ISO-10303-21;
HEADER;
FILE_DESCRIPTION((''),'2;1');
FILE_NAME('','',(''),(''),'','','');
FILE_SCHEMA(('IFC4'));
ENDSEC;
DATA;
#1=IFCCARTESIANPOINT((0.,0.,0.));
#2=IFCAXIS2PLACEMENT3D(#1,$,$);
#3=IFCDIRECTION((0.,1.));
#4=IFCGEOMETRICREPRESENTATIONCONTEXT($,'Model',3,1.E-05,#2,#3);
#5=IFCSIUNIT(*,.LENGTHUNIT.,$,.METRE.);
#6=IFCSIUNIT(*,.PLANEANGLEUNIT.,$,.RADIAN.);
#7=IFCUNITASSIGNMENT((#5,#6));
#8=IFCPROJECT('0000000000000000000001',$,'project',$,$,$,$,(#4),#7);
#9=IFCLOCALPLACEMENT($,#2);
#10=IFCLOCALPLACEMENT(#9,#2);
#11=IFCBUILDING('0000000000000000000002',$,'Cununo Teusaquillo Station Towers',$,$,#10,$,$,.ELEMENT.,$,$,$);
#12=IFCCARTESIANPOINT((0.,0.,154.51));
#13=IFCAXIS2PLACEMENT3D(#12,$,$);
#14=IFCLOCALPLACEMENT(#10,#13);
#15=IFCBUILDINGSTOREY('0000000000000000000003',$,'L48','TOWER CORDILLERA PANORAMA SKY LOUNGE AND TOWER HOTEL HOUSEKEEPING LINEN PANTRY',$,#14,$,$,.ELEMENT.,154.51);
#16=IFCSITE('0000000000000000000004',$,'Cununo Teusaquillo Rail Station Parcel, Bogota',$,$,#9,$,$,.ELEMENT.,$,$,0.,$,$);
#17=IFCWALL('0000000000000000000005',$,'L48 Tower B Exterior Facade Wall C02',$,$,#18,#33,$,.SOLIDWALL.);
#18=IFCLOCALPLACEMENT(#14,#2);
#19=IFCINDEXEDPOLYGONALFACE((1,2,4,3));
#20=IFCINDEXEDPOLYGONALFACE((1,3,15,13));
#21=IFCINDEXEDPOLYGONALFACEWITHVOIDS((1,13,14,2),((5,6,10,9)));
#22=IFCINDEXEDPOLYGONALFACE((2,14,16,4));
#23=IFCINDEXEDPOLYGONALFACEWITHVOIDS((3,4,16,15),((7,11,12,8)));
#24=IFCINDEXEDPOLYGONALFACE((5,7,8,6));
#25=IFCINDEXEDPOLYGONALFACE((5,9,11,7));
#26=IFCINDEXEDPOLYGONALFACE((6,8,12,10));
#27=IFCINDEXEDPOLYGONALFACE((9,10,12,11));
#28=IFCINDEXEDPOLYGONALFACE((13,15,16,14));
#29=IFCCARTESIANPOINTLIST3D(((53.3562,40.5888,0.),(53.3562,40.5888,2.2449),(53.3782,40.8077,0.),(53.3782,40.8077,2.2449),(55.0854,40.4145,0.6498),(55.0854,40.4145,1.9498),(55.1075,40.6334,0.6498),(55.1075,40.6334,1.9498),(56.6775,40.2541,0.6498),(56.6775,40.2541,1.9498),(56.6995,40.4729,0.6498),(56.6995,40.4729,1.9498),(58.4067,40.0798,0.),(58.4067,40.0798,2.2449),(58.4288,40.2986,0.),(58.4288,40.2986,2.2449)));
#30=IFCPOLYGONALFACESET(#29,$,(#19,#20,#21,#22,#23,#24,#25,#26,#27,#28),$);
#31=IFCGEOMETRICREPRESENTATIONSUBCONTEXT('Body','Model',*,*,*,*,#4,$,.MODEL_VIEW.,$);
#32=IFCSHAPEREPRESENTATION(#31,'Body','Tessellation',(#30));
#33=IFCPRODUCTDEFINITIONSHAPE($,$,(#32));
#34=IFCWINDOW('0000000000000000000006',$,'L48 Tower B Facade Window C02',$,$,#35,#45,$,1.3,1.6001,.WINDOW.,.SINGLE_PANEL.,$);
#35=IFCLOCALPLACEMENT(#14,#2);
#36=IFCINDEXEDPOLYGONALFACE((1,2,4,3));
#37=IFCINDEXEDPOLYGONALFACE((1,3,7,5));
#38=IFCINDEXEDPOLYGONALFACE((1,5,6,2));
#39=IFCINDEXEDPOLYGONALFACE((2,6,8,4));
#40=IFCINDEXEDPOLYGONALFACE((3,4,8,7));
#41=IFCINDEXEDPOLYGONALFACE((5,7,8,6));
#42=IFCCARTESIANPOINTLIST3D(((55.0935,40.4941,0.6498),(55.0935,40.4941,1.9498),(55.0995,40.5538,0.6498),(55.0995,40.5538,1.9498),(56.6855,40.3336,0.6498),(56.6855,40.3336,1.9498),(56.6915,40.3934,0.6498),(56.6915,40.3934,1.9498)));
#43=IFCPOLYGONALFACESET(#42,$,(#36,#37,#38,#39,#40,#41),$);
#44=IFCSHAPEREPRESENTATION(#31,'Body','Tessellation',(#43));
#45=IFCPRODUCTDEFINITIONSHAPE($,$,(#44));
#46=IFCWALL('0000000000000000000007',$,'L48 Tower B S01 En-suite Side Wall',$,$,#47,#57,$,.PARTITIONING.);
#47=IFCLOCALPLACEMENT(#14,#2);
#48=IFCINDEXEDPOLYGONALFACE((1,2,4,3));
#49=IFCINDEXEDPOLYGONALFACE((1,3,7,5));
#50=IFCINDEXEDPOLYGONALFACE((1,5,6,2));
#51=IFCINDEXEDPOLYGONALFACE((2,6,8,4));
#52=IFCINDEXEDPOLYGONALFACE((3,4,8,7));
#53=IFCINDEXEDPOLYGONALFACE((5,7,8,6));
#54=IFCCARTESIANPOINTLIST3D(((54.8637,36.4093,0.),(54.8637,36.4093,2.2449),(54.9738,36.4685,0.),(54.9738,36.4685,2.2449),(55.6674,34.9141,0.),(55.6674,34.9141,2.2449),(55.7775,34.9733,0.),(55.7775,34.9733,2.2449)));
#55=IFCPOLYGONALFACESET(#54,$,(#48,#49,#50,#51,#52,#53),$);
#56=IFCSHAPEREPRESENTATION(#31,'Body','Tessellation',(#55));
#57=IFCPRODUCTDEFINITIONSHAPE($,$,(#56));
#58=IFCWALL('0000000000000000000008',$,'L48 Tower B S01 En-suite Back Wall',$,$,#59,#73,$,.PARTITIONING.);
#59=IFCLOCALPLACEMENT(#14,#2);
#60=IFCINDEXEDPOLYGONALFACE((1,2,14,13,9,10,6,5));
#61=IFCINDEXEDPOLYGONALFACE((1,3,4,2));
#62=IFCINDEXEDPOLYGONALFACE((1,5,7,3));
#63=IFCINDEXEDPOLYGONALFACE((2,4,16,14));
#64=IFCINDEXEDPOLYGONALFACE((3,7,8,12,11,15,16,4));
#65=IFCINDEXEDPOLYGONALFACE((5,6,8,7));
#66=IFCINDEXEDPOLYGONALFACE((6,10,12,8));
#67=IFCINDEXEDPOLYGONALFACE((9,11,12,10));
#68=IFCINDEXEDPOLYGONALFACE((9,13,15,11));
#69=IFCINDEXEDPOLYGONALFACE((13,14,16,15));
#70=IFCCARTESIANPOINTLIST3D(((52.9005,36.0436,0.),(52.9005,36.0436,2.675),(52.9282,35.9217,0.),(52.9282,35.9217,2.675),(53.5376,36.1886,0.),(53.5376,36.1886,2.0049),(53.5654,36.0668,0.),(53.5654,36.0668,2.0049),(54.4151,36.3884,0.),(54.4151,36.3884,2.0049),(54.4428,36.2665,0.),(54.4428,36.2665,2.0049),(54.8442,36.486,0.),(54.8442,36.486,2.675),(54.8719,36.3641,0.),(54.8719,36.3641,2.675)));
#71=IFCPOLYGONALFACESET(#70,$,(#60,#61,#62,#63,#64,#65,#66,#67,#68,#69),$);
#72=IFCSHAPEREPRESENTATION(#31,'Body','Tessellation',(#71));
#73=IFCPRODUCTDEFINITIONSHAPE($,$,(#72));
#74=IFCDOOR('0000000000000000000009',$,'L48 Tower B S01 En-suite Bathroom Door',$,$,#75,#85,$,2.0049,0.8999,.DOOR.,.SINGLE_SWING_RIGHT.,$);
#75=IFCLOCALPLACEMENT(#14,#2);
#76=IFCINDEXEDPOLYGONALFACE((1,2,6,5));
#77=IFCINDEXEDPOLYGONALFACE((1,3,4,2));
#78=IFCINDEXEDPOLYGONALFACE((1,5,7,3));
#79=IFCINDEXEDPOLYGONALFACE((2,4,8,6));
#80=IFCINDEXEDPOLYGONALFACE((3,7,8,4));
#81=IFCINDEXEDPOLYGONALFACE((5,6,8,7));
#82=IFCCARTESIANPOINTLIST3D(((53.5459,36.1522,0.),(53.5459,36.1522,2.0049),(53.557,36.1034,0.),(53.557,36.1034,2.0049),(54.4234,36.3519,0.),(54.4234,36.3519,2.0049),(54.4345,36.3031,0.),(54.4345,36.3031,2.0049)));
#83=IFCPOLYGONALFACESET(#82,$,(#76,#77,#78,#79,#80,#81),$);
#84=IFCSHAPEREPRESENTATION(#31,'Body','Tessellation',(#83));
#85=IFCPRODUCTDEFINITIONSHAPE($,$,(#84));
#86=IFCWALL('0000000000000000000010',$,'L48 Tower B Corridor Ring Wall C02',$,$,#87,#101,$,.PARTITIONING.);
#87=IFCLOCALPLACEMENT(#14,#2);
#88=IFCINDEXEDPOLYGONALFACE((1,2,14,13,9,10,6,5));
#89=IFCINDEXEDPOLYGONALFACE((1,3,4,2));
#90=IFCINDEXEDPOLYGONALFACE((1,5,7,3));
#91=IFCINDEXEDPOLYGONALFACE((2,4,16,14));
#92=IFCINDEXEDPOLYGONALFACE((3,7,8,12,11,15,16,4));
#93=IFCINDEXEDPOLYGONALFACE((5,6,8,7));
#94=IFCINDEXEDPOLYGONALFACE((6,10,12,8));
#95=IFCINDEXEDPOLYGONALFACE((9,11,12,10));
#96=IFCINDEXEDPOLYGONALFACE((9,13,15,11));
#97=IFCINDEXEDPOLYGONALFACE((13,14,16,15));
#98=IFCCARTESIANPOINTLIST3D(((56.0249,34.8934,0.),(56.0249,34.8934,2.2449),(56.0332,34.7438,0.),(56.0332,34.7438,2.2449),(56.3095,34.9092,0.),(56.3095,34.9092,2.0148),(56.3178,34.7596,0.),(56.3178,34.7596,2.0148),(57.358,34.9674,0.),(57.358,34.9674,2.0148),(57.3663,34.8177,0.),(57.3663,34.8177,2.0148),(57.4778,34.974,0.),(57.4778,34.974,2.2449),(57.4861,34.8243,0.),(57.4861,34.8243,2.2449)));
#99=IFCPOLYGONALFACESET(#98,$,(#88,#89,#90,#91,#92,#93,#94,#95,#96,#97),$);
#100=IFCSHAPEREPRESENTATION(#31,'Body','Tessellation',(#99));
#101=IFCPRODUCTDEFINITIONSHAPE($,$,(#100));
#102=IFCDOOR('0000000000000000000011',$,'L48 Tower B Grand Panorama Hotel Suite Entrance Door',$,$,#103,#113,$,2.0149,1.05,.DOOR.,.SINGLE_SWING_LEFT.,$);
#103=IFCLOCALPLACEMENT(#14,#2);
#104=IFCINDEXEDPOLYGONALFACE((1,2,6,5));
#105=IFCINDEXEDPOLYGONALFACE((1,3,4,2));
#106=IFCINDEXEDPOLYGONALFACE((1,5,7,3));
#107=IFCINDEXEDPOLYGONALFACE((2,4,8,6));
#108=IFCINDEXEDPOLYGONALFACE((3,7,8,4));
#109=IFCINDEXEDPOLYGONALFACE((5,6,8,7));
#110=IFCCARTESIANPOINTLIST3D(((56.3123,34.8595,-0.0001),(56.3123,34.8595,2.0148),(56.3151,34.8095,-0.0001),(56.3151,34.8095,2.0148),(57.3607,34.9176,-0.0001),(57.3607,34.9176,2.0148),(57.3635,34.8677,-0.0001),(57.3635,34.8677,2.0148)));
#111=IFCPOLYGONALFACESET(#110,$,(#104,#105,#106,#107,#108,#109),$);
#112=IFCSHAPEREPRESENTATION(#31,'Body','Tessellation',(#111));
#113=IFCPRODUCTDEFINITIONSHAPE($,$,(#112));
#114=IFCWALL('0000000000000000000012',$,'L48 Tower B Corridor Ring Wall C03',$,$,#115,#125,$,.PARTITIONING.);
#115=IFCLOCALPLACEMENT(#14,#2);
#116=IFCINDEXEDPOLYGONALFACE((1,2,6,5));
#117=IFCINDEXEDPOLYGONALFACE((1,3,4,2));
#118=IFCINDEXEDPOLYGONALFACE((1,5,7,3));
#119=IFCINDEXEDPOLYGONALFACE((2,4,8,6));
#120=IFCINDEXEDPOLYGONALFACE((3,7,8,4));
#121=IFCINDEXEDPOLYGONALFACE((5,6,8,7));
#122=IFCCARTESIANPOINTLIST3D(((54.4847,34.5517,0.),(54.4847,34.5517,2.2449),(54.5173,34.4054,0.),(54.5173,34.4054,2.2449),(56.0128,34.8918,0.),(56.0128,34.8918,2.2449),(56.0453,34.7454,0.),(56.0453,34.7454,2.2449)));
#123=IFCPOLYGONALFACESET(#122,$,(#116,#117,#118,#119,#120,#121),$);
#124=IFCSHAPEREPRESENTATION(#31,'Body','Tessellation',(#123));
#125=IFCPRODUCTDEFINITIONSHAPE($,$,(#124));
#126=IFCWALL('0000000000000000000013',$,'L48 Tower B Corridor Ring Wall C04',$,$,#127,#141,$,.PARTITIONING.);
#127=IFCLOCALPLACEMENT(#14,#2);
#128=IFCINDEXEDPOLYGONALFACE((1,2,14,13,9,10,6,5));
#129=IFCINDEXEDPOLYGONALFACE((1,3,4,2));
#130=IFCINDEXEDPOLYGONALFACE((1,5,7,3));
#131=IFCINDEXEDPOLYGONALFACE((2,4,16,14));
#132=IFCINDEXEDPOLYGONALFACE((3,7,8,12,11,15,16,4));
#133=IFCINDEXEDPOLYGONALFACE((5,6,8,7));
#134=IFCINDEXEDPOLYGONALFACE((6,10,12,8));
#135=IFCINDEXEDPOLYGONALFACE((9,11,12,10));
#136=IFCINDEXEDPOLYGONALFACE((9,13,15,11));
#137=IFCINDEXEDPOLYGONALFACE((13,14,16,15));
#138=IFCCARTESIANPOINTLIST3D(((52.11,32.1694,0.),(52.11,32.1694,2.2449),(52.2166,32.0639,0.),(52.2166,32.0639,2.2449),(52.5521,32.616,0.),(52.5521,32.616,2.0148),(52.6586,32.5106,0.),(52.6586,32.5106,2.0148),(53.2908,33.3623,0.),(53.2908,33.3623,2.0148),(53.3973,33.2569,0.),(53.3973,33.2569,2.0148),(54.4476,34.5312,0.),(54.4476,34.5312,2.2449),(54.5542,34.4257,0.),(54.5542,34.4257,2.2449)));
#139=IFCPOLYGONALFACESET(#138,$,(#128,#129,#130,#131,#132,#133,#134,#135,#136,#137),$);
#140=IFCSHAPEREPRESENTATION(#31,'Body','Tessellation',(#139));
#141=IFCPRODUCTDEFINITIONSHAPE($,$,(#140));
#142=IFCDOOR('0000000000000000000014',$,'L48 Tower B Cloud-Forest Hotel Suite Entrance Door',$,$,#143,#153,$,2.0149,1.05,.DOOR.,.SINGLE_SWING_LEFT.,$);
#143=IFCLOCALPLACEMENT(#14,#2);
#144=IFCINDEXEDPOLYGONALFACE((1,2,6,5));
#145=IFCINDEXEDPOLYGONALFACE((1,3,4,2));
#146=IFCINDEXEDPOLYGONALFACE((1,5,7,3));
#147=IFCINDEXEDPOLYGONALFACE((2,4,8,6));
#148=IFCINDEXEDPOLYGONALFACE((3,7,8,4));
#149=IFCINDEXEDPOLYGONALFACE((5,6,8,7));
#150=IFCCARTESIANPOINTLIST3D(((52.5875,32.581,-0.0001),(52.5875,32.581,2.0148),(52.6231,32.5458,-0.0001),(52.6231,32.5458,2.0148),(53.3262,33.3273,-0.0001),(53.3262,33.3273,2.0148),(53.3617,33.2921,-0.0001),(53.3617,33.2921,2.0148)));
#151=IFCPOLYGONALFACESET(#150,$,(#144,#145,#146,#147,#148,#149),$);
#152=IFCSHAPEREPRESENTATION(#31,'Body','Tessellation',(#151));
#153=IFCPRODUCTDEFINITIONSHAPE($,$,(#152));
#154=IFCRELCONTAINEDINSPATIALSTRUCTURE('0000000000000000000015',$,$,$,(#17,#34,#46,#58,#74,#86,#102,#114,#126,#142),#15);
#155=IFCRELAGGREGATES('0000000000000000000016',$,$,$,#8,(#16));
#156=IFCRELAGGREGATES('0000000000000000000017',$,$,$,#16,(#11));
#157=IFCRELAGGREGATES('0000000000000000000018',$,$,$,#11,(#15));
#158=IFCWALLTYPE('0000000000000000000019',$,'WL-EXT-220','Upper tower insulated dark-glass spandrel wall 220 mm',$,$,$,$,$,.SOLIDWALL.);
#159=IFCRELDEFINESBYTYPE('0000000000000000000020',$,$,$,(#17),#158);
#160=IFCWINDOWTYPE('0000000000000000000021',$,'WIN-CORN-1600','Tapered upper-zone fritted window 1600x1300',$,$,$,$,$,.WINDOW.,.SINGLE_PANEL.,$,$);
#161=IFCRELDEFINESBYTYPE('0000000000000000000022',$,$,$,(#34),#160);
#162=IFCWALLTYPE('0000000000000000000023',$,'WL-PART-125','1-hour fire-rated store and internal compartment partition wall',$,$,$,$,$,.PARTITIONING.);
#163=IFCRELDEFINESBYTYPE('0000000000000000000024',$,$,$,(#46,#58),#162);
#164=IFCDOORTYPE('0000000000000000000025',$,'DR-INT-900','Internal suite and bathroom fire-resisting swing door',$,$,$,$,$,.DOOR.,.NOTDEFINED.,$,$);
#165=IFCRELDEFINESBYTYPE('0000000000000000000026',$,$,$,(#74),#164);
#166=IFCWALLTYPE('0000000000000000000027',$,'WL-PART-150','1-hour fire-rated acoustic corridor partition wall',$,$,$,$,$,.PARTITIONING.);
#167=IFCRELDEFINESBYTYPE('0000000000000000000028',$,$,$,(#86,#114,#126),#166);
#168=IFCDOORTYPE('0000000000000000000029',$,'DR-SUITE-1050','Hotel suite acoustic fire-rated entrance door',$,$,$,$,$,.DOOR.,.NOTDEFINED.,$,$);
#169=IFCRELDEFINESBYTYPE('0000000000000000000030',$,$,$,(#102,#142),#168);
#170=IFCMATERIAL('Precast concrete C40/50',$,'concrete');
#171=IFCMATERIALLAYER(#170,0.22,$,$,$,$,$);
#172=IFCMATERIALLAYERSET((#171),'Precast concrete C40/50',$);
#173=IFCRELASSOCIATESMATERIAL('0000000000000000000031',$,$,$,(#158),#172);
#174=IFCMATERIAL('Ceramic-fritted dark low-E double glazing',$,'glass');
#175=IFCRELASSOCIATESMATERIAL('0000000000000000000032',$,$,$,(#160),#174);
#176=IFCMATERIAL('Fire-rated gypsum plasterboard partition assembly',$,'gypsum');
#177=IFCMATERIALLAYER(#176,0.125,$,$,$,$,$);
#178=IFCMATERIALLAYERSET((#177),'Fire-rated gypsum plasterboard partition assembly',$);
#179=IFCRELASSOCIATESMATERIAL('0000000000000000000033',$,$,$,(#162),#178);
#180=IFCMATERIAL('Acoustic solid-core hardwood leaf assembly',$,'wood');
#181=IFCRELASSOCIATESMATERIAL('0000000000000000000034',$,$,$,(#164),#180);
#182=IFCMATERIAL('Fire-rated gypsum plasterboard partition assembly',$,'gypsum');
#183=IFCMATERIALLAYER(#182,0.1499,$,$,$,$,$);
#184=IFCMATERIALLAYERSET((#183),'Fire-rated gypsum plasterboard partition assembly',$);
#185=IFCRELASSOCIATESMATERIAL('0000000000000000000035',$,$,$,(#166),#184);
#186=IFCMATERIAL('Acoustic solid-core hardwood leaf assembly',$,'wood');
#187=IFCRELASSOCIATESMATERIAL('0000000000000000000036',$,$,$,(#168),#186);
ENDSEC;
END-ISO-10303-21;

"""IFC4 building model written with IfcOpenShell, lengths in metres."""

from ifc_helpers import new_model, si_unit, direction, frame, frame_2d, origin, place, context, subcontext, project, spatial, rectangle, extrude, source, transform, mapped, material, layer, layer_set, type_object, element, fill, save


model = new_model("IFC4")

# Units and contexts
model_context = context("Model", 3, precision=1e-05, world=origin(), true_north=direction((0.0, 1.0)))
body_context = subcontext(model_context, "Body", "Model", "MODEL_VIEW")
ifc_project = project(units=[si_unit("LENGTHUNIT", "METRE"), si_unit("PLANEANGLEUNIT", "RADIAN")], contexts=[model_context])

# Site, building, storey
site_placement = place(None, origin())
site = spatial("IfcSite", under=ifc_project, at=site_placement, Name="Cununo Teusaquillo Rail Station Parcel, Bogota", CompositionType="ELEMENT", RefElevation=0.0)
building_placement = place(site_placement, origin())
building = spatial("IfcBuilding", under=site, at=building_placement, Name="Cununo Teusaquillo Station Towers", CompositionType="ELEMENT")
storey_placement = place(building_placement, frame((0.0, 0.0, 154.51)))
storey = spatial("IfcBuildingStorey", under=building, at=storey_placement, Name="L48", Description="TOWER CORDILLERA PANORAMA SKY LOUNGE AND TOWER HOTEL HOUSEKEEPING LINEN PANTRY", CompositionType="ELEMENT", Elevation=154.51)

# Wall, opening, window
ifc_material_1 = material(Name="Precast concrete C40/50", Category="concrete")
ifc_layer_1 = layer(ifc_material_1, 0.22)
ifc_layer_set_1 = layer_set([ifc_layer_1], Name="Precast concrete C40/50")
wall_type_1 = type_object("IfcWallType", Name="WL-EXT-220", Description="Upper tower insulated dark-glass spandrel wall 220 mm", PredefinedType="SOLIDWALL", material=ifc_layer_set_1)
wall_1_placement = place(storey_placement, frame((53.3672, 40.6982, 0.0), z_axis=(0.0, 0.0, 1.0), x_axis=(0.994959, -0.10028, 0.0)))
wall_1 = element("IfcWall", 1, at=wall_1_placement, inside=storey, type_object=wall_type_1, Name="L48 Tower B Exterior Facade Wall C02", PredefinedType="SOLIDWALL", context=body_context, shape_type="SweptSolid", body=[
    extrude(rectangle(XDim=5.0762, YDim=0.22, at=frame_2d((2.5381, 0.0))), origin(), (0.0, 0.0, 1.0), 2.2449),
])
shared_shape_1 = source(origin(), body_context, "Body", "SweptSolid", [
    extrude(rectangle(XDim=1.6001, YDim=1.3, at=frame_2d((0.8, 0.6499))), frame((0.0, 0.1199, 0.0), z_axis=(0.0, -1.0, 0.0), x_axis=(1.0, 0.0, 0.0)), (0.0, 0.0, 1.0), 0.24),
])
opening_1_placement = place(wall_1_placement, frame((1.738, 0.0, 0.6499)))
opening_1 = element("IfcOpeningElement", 2, at=opening_1_placement, cuts=wall_1, PredefinedType="OPENING", context=body_context, shape_type="MappedRepresentation", body=[
    mapped(shared_shape_1, transform((0.0, 0.0, 0.0), x_axis=(1.0, 0.0, 0.0), y_axis=(0.0, 1.0, 0.0), z_axis=(0.0, 0.0, 1.0), scale=1.0)),
])
ifc_material_2 = material(Name="Ceramic-fritted dark low-E double glazing", Category="glass")
window_type = type_object("IfcWindowType", Name="WIN-CORN-1600", Description="Tapered upper-zone fritted window 1600x1300", PartitioningType="SINGLE_PANEL", PredefinedType="WINDOW", material=ifc_material_2)
shared_shape_2 = source(origin(), body_context, "Body", "SweptSolid", [
    extrude(rectangle(XDim=1.6001, YDim=1.3, at=frame_2d((0.8, 0.6499))), frame((0.0, 0.03, 0.0), z_axis=(0.0, -1.0, 0.0), x_axis=(1.0, 0.0, 0.0)), (0.0, 0.0, 1.0), 0.0601),
])
window_placement = place(opening_1_placement, origin())
window = element("IfcWindow", 3, at=window_placement, inside=storey, type_object=window_type, Name="L48 Tower B Facade Window C02", OverallHeight=1.3, OverallWidth=1.6001, PartitioningType="SINGLE_PANEL", PredefinedType="WINDOW", context=body_context, shape_type="MappedRepresentation", body=[
    mapped(shared_shape_2, transform((0.0, 0.0, 0.0), x_axis=(1.0, 0.0, 0.0), y_axis=(0.0, 1.0, 0.0), z_axis=(0.0, 0.0, 1.0), scale=1.0)),
])
fill(opening_1, window)

# Wall
ifc_material_3 = material(Name="Fire-rated gypsum plasterboard partition assembly", Category="gypsum")
ifc_layer_2 = layer(ifc_material_3, 0.125)
ifc_layer_set_2 = layer_set([ifc_layer_2], Name="Fire-rated gypsum plasterboard partition assembly")
wall_type_2 = type_object("IfcWallType", Name="WL-PART-125", Description="1-hour fire-rated store and internal compartment partition wall", PredefinedType="PARTITIONING", material=ifc_layer_set_2)
wall_2_placement = place(storey_placement, frame((55.7224, 34.9438, 0.0), z_axis=(0.0, 0.0, 1.0), x_axis=(-0.473482, 0.880803, 0.0)))
element("IfcWall", 4, at=wall_2_placement, inside=storey, type_object=wall_type_2, Name="L48 Tower B S01 En-suite Side Wall", PredefinedType="PARTITIONING", context=body_context, shape_type="SweptSolid", body=[
    extrude(rectangle(XDim=1.6975, YDim=0.125, at=frame_2d((0.8486, 0.0))), origin(), (0.0, 0.0, 1.0), 2.2449),
])

# Walls, openings, doors
wall_3_placement = place(storey_placement, frame((54.8579, 36.425, 0.0), z_axis=(0.0, 0.0, 1.0), x_axis=(-0.975062, -0.221933, 0.0)))
wall_3 = element("IfcWall", 5, at=wall_3_placement, inside=storey, type_object=wall_type_2, Name="L48 Tower B S01 En-suite Back Wall", PredefinedType="PARTITIONING", context=body_context, shape_type="SweptSolid", body=[
    extrude(rectangle(XDim=1.9934, YDim=0.125, at=frame_2d((0.9966, 0.0))), origin(), (0.0, 0.0, 1.0), 2.675),
])
shared_shape_3 = source(origin(), body_context, "Body", "SweptSolid", [
    extrude(rectangle(XDim=0.8999, YDim=2.0049, at=frame_2d((0.45, 1.0024))), frame((0.0, 0.0725, 0.0), z_axis=(0.0, -1.0, 0.0), x_axis=(1.0, 0.0, 0.0)), (0.0, 0.0, 1.0), 0.145),
])
opening_2_placement = place(wall_3_placement, frame((0.4399, 0.0, 0.0)))
opening_2 = element("IfcOpeningElement", 6, at=opening_2_placement, cuts=wall_3, PredefinedType="OPENING", context=body_context, shape_type="MappedRepresentation", body=[
    mapped(shared_shape_3, transform((0.0, 0.0, 0.0), x_axis=(1.0, 0.0, 0.0), y_axis=(0.0, 1.0, 0.0), z_axis=(0.0, 0.0, 1.0), scale=1.0)),
])
ifc_material_4 = material(Name="Acoustic solid-core hardwood leaf assembly", Category="wood")
door_type_1 = type_object("IfcDoorType", Name="DR-INT-900", Description="Internal suite and bathroom fire-resisting swing door", OperationType="NOTDEFINED", PredefinedType="DOOR", material=ifc_material_4)
shared_shape_4 = source(origin(), body_context, "Body", "SweptSolid", [
    extrude(rectangle(XDim=0.8999, YDim=2.0049, at=frame_2d((0.45, 1.0024))), frame((0.0, 0.0249, 0.0), z_axis=(0.0, -1.0, 0.0), x_axis=(1.0, 0.0, 0.0)), (0.0, 0.0, 1.0), 0.05),
])
door_1_placement = place(opening_2_placement, origin())
door_1 = element("IfcDoor", 7, at=door_1_placement, inside=storey, type_object=door_type_1, Name="L48 Tower B S01 En-suite Bathroom Door", OperationType="SINGLE_SWING_RIGHT", OverallHeight=2.0049, OverallWidth=0.8999, PredefinedType="DOOR", context=body_context, shape_type="MappedRepresentation", body=[
    mapped(shared_shape_4, transform((0.0, 0.0, 0.0), x_axis=(1.0, 0.0, 0.0), y_axis=(0.0, 1.0, 0.0), z_axis=(0.0, 0.0, 1.0), scale=1.0)),
])
fill(opening_2, door_1)
ifc_material_5 = material(Name="Fire-rated gypsum plasterboard partition assembly", Category="gypsum")
ifc_layer_3 = layer(ifc_material_5, 0.1499)
ifc_layer_set_3 = layer_set([ifc_layer_3], Name="Fire-rated gypsum plasterboard partition assembly")
wall_type_3 = type_object("IfcWallType", Name="WL-PART-150", Description="1-hour fire-rated acoustic corridor partition wall", PredefinedType="PARTITIONING", material=ifc_layer_set_3)
wall_4_placement = place(storey_placement, frame((57.4819, 34.8992, 0.0), z_axis=(0.0, 0.0, 1.0), x_axis=(-0.998466, -0.055368, 0.0)))
wall_4 = element("IfcWall", 8, at=wall_4_placement, inside=storey, type_object=wall_type_3, Name="L48 Tower B Corridor Ring Wall C02", PredefinedType="PARTITIONING", context=body_context, shape_type="SweptSolid", body=[
    extrude(rectangle(XDim=1.4551, YDim=0.1499, at=frame_2d((0.7275, 0.0))), origin(), (0.0, 0.0, 1.0), 2.2449),
])
shared_shape_5 = source(origin(), body_context, "Body", "SweptSolid", [
    extrude(rectangle(XDim=1.05, YDim=2.0149, at=frame_2d((0.5249, 1.0073))), frame((0.0, 0.085, 0.0), z_axis=(0.0, -1.0, 0.0), x_axis=(1.0, 0.0, 0.0)), (0.0, 0.0, 1.0), 0.1699),
])
opening_3_placement = place(wall_4_placement, frame((0.1201, 0.0, 0.0)))
opening_3 = element("IfcOpeningElement", 9, at=opening_3_placement, cuts=wall_4, PredefinedType="OPENING", context=body_context, shape_type="MappedRepresentation", body=[
    mapped(shared_shape_5, transform((0.0, 0.0, 0.0), x_axis=(1.0, 0.0, 0.0), y_axis=(0.0, 1.0, 0.0), z_axis=(0.0, 0.0, 1.0), scale=1.0)),
])
ifc_material_6 = material(Name="Acoustic solid-core hardwood leaf assembly", Category="wood")
door_type_2 = type_object("IfcDoorType", Name="DR-SUITE-1050", Description="Hotel suite acoustic fire-rated entrance door", OperationType="NOTDEFINED", PredefinedType="DOOR", material=ifc_material_6)
shared_shape_6 = source(origin(), body_context, "Body", "SweptSolid", [
    extrude(rectangle(XDim=1.05, YDim=2.0149, at=frame_2d((0.5249, 1.0073))), frame((0.0, 0.0249, 0.0), z_axis=(0.0, -1.0, 0.0), x_axis=(1.0, 0.0, 0.0)), (0.0, 0.0, 1.0), 0.05),
])
door_2_placement = place(opening_3_placement, origin())
door_2 = element("IfcDoor", 10, at=door_2_placement, inside=storey, type_object=door_type_2, Name="L48 Tower B Grand Panorama Hotel Suite Entrance Door", OperationType="SINGLE_SWING_LEFT", OverallHeight=2.0149, OverallWidth=1.05, PredefinedType="DOOR", context=body_context, shape_type="MappedRepresentation", body=[
    mapped(shared_shape_6, transform((0.0, 0.0, 0.0), x_axis=(1.0, 0.0, 0.0), y_axis=(0.0, 1.0, 0.0), z_axis=(0.0, 0.0, 1.0), scale=1.0)),
])
fill(opening_3, door_2)

# Wall
wall_5_placement = place(storey_placement, frame((56.0291, 34.8186, 0.0), z_axis=(0.0, 0.0, 1.0), x_axis=(-0.976117, -0.217244, 0.0)))
element("IfcWall", 11, at=wall_5_placement, inside=storey, type_object=wall_type_3, Name="L48 Tower B Corridor Ring Wall C03", PredefinedType="PARTITIONING", context=body_context, shape_type="SweptSolid", body=[
    extrude(rectangle(XDim=1.5654, YDim=0.1499, at=frame_2d((0.7827, 0.0))), origin(), (0.0, 0.0, 1.0), 2.2449),
])

# Wall, opening, door
wall_6_placement = place(storey_placement, frame((54.501, 34.4785, 0.0), z_axis=(0.0, 0.0, 1.0), x_axis=(-0.703461, -0.710734, 0.0)))
wall_6 = element("IfcWall", 12, at=wall_6_placement, inside=storey, type_object=wall_type_3, Name="L48 Tower B Corridor Ring Wall C04", PredefinedType="PARTITIONING", context=body_context, shape_type="SweptSolid", body=[
    extrude(rectangle(XDim=3.323, YDim=0.1499, at=frame_2d((1.6616, 0.0))), origin(), (0.0, 0.0, 1.0), 2.2449),
])
opening_4_placement = place(wall_6_placement, frame((1.6448, 0.0, 0.0)))
opening_4 = element("IfcOpeningElement", 13, at=opening_4_placement, cuts=wall_6, PredefinedType="OPENING", context=body_context, shape_type="MappedRepresentation", body=[
    mapped(shared_shape_5, transform((0.0, 0.0, 0.0), x_axis=(1.0, 0.0, 0.0), y_axis=(0.0, 1.0, 0.0), z_axis=(0.0, 0.0, 1.0), scale=1.0)),
])
door_3_placement = place(opening_4_placement, origin())
door_3 = element("IfcDoor", 14, at=door_3_placement, inside=storey, type_object=door_type_2, Name="L48 Tower B Cloud-Forest Hotel Suite Entrance Door", OperationType="SINGLE_SWING_LEFT", OverallHeight=2.0149, OverallWidth=1.05, PredefinedType="DOOR", context=body_context, shape_type="MappedRepresentation", body=[
    mapped(shared_shape_6, transform((0.0, 0.0, 0.0), x_axis=(1.0, 0.0, 0.0), y_axis=(0.0, 1.0, 0.0), z_axis=(0.0, 0.0, 1.0), scale=1.0)),
])
fill(opening_4, door_3)

save(model, "model.ifc")
